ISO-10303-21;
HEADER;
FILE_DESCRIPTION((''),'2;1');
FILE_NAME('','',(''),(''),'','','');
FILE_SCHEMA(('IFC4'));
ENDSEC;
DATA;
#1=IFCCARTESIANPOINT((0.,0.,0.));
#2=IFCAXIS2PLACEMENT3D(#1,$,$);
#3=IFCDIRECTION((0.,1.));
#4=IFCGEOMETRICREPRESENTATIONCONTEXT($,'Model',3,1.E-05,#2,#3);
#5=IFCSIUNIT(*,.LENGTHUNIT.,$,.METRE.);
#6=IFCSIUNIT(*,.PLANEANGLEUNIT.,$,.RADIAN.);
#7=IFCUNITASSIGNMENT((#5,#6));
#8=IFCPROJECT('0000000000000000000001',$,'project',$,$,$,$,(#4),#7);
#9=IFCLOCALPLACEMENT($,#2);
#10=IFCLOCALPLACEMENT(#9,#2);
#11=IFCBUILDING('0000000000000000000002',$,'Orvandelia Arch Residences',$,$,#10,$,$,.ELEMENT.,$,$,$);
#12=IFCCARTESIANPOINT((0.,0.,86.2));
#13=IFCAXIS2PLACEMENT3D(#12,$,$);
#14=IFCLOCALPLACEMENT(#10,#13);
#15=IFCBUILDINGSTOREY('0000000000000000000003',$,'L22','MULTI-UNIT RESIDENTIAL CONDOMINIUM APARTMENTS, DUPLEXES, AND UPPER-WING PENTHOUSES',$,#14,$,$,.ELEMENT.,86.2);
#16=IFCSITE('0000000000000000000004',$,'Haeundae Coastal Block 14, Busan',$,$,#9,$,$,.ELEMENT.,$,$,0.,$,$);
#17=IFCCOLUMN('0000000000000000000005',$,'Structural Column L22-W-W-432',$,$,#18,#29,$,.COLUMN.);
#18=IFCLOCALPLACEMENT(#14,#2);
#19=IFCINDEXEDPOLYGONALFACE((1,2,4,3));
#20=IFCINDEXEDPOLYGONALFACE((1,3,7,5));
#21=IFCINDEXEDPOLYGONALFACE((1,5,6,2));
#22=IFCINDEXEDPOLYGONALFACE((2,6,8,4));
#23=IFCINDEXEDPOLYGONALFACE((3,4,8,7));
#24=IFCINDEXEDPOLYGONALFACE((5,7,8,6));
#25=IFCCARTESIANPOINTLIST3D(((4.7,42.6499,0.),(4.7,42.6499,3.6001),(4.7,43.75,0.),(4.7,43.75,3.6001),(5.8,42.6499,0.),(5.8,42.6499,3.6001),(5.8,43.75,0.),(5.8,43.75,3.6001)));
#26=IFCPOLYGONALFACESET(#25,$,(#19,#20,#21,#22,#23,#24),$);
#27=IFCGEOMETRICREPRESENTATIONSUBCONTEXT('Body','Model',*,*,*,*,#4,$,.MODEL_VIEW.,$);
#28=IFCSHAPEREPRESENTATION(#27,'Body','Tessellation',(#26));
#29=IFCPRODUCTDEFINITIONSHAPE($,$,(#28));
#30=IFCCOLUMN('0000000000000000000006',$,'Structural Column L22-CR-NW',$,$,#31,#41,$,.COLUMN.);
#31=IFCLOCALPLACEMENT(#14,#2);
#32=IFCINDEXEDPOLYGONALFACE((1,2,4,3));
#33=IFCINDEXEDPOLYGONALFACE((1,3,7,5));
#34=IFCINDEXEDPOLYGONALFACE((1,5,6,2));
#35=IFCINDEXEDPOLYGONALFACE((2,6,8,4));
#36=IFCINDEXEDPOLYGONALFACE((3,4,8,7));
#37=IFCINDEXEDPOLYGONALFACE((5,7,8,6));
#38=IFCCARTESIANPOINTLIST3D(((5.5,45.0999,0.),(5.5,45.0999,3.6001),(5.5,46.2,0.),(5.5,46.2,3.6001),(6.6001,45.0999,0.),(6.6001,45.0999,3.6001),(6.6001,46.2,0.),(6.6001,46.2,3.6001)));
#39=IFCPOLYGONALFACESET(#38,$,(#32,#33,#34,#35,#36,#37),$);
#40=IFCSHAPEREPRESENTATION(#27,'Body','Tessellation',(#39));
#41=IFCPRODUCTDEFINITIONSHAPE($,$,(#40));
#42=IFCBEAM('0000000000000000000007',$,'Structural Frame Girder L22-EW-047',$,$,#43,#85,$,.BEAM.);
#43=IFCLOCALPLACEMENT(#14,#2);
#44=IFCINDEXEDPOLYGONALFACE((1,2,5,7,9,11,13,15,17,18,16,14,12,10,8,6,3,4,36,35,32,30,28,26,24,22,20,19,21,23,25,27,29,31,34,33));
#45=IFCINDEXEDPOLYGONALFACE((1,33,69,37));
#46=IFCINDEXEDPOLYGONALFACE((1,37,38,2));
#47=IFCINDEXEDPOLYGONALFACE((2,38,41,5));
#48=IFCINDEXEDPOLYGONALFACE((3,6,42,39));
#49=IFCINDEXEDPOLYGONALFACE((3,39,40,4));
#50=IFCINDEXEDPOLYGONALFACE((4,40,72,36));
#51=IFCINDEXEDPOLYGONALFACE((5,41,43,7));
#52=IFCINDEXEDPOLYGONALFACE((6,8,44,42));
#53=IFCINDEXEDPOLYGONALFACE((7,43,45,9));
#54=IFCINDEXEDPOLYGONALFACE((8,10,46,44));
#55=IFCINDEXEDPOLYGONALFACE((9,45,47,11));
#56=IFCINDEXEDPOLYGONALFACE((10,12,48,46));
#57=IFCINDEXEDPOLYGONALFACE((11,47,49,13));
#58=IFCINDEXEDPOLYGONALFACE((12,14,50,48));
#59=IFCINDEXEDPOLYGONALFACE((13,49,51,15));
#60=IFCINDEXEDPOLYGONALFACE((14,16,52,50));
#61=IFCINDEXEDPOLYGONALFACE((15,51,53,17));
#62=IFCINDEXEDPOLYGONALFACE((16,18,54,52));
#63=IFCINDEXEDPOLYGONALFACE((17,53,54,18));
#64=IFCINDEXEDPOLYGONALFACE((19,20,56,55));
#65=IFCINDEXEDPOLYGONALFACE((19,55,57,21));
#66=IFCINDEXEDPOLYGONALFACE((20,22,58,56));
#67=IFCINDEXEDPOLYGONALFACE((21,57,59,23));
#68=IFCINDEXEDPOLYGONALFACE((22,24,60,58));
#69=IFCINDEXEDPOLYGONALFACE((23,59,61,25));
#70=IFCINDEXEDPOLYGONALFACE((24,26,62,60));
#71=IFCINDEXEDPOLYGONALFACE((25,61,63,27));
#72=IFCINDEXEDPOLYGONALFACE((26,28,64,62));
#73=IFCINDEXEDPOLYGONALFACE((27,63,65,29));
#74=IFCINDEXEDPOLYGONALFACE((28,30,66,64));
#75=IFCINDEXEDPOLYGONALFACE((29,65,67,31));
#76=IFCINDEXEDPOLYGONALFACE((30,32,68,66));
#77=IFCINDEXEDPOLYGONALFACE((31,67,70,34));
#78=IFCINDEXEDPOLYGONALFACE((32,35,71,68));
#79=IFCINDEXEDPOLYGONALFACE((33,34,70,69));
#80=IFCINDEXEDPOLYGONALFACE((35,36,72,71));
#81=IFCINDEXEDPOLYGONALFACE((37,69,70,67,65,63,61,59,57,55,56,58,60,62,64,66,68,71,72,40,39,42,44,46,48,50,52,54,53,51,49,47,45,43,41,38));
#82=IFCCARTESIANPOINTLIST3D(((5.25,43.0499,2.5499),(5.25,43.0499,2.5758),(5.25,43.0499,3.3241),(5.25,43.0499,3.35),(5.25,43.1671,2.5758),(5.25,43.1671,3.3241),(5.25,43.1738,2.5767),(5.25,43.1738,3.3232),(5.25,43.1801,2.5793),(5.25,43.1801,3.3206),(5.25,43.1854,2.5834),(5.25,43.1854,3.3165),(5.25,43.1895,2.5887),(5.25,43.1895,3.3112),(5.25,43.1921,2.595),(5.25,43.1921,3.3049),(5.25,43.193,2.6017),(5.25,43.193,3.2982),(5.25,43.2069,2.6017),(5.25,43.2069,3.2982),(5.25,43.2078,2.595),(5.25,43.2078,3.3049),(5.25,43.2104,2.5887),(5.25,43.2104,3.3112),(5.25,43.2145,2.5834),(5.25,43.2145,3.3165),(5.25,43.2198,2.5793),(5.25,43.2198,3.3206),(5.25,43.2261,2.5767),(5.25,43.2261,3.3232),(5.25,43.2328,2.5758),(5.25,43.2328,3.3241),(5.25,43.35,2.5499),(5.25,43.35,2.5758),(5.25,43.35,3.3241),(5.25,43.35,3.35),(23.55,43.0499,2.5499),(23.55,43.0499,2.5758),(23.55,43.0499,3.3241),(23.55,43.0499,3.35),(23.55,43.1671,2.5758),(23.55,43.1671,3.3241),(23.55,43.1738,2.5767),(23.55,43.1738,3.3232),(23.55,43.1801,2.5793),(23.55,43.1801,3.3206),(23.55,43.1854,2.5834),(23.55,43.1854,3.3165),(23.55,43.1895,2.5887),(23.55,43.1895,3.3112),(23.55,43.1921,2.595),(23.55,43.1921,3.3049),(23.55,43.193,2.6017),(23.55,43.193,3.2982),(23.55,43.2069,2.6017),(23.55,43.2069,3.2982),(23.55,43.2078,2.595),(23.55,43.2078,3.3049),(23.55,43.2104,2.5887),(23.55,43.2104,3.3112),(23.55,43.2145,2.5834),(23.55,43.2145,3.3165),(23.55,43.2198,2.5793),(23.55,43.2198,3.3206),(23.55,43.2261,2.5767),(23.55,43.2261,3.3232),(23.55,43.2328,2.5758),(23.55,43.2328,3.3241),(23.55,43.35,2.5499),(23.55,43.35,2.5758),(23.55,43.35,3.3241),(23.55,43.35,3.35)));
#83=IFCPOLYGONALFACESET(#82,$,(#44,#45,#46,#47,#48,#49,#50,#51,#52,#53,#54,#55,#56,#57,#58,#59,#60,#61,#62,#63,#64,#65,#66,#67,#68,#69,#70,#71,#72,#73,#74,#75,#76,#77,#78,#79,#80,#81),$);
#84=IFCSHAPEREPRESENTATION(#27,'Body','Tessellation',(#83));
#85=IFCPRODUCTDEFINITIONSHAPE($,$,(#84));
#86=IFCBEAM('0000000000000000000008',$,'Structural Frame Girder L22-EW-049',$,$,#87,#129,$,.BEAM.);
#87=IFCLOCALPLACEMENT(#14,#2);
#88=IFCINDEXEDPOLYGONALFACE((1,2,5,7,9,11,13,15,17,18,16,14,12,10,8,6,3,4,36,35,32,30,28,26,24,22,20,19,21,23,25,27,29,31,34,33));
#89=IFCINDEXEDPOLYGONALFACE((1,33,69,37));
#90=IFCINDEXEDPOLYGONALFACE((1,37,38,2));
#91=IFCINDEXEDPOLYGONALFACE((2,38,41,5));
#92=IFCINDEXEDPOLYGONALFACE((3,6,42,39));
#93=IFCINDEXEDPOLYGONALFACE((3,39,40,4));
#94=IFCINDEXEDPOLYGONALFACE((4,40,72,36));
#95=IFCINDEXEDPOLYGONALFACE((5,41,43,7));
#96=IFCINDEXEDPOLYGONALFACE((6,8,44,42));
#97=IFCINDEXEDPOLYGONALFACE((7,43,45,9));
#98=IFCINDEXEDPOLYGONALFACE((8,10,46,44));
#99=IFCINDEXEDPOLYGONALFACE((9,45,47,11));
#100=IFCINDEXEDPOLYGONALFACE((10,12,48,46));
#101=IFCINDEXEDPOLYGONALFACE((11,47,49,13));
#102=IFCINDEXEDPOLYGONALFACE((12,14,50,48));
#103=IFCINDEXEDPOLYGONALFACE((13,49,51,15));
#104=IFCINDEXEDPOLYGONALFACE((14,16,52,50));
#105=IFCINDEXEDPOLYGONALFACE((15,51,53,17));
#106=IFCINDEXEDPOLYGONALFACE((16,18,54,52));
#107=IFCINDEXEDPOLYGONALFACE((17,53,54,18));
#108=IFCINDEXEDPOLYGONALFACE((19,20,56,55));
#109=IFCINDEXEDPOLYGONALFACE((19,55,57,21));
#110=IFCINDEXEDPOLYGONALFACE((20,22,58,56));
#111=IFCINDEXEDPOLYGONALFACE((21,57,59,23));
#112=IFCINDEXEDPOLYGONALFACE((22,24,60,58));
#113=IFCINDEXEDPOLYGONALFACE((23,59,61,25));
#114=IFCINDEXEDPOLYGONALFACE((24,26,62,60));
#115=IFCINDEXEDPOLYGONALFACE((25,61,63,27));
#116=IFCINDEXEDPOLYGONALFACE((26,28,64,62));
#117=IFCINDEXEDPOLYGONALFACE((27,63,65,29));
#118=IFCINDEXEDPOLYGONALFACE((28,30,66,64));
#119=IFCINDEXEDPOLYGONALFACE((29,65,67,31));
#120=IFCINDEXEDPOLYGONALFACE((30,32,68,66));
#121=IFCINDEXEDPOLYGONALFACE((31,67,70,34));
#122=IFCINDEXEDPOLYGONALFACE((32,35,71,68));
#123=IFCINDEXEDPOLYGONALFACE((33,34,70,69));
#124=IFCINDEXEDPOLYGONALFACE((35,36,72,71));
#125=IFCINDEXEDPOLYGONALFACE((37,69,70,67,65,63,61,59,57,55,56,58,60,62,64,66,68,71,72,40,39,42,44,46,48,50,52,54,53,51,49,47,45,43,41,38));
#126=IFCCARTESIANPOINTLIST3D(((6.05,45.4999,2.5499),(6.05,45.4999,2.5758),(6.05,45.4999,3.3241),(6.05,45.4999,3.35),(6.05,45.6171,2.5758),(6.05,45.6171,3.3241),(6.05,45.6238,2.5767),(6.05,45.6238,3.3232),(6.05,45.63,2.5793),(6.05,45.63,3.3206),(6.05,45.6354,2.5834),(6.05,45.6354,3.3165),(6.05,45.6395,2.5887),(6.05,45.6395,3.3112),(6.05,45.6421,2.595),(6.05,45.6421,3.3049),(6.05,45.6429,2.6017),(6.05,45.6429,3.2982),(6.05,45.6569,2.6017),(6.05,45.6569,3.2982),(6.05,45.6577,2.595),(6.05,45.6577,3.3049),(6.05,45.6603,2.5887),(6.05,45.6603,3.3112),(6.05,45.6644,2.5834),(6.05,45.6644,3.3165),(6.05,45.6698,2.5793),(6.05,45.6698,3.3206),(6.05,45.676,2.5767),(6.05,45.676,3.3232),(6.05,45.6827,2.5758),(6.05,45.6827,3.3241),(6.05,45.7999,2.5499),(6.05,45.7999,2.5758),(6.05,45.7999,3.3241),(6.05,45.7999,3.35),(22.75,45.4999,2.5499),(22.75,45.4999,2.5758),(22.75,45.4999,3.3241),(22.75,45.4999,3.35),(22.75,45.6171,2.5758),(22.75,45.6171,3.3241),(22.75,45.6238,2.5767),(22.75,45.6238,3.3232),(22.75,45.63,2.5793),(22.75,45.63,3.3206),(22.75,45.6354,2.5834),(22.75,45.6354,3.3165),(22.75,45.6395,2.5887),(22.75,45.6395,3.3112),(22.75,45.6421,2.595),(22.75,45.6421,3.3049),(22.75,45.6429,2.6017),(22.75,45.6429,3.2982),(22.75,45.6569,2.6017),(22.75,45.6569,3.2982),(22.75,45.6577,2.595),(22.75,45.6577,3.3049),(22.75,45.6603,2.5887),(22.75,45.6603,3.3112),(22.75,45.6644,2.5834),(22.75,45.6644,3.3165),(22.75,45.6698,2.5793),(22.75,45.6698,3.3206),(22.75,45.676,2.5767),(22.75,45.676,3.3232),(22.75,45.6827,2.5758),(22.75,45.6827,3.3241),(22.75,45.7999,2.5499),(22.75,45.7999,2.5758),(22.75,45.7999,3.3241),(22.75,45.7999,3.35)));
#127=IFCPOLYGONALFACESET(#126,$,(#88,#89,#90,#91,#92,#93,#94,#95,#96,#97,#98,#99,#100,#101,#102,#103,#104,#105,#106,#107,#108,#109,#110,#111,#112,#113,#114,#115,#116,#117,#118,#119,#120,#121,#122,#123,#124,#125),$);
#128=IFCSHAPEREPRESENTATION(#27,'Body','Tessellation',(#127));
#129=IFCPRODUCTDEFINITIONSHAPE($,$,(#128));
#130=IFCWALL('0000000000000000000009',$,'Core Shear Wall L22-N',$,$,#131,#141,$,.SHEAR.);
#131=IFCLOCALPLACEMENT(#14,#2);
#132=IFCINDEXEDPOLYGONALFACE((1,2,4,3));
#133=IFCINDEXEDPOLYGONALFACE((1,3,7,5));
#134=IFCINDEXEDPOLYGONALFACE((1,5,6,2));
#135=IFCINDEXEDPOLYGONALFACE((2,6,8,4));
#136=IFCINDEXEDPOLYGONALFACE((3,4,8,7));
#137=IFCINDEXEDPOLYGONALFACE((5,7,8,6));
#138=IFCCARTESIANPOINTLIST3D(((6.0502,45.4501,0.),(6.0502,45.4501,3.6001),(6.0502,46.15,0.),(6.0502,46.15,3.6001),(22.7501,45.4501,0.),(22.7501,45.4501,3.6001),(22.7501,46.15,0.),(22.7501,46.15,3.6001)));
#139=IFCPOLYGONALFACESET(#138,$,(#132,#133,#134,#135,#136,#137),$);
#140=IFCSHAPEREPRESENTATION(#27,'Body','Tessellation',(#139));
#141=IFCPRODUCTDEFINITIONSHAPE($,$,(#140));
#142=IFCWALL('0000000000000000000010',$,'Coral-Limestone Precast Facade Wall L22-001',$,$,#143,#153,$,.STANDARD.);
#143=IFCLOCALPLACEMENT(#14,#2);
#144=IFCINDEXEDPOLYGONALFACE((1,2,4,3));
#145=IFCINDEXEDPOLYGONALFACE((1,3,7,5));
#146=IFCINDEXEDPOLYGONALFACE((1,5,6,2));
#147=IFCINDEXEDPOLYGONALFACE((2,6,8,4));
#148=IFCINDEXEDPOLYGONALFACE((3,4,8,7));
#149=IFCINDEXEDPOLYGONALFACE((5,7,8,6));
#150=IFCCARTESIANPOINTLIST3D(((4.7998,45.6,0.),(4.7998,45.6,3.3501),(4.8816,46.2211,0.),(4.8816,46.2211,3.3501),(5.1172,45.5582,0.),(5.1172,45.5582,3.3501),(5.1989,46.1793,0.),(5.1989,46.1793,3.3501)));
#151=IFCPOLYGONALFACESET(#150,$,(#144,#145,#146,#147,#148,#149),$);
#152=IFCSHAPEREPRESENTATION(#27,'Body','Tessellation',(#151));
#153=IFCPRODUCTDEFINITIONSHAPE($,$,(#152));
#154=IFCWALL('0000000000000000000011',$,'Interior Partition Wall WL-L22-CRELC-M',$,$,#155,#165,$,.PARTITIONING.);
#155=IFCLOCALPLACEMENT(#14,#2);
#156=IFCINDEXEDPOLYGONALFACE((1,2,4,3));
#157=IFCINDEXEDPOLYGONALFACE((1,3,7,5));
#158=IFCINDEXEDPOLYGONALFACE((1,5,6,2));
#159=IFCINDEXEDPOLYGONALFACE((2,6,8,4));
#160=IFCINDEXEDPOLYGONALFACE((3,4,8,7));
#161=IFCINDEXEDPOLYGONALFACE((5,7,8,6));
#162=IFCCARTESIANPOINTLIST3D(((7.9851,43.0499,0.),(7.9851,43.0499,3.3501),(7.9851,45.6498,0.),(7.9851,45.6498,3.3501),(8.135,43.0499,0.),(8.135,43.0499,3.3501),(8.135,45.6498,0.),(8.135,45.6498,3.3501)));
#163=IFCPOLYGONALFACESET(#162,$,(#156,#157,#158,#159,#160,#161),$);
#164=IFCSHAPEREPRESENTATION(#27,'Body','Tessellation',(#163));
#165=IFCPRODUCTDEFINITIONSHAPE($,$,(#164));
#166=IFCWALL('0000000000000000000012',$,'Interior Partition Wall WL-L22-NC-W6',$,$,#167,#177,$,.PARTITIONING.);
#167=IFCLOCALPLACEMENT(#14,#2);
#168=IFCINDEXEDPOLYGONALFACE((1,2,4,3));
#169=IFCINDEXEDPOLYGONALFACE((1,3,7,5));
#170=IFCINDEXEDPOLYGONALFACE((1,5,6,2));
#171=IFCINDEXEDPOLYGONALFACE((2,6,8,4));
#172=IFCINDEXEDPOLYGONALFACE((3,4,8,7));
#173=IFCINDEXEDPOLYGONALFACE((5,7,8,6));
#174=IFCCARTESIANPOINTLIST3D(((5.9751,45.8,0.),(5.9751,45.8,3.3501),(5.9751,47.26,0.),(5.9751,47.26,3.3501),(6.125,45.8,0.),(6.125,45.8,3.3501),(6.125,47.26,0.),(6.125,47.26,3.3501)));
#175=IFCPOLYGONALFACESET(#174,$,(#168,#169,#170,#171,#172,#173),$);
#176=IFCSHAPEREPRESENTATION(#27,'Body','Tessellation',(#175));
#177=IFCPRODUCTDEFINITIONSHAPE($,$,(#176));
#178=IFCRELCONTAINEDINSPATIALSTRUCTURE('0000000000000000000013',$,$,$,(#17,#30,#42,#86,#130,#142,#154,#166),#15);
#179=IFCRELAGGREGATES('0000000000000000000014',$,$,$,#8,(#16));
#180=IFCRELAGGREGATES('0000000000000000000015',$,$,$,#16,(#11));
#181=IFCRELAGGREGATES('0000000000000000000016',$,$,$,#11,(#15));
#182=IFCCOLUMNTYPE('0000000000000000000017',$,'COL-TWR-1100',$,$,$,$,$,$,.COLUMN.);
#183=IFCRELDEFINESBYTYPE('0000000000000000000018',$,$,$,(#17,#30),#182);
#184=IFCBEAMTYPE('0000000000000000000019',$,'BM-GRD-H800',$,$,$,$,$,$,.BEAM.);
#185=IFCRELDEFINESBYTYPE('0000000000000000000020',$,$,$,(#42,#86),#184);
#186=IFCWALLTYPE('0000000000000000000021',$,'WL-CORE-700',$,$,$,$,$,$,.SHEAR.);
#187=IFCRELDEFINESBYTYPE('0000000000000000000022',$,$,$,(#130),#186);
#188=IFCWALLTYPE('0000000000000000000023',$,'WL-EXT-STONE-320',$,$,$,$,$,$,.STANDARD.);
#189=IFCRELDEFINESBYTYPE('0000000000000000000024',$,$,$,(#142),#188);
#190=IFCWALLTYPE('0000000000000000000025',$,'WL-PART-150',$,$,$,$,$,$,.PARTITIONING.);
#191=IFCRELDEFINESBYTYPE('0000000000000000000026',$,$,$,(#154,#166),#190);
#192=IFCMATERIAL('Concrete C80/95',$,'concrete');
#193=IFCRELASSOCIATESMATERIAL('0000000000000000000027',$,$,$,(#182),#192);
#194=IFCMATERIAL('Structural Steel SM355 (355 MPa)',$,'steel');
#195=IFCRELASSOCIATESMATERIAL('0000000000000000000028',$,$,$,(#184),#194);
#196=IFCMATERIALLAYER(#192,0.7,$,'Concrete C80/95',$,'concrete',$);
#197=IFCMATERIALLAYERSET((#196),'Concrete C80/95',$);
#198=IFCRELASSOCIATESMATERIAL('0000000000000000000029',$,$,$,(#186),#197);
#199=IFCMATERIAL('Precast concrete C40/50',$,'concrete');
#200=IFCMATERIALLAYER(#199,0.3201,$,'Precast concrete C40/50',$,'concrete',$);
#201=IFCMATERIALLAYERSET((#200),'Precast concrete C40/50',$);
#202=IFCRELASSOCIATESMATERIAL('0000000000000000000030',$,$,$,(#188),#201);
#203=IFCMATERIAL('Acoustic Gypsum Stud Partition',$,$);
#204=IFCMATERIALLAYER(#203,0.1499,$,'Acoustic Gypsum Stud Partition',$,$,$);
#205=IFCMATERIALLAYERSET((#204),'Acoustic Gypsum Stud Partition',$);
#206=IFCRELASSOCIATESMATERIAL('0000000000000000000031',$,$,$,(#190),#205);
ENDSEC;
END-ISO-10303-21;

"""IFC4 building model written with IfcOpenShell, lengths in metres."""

from ifc_helpers import new_model, si_unit, direction, frame, frame_2d, origin, origin_2d, place, context, subcontext, project, spatial, rectangle, i_section, extrude, material, layer, layer_set, material_profile, profile_set, type_object, element, save


model = new_model("IFC4")

# Units and contexts
model_context = context("Model", 3, precision=1e-05, world=origin(), true_north=direction((0.0, 1.0)))
body_context = subcontext(model_context, "Body", "Model", "MODEL_VIEW")
ifc_project = project(units=[si_unit("LENGTHUNIT", "METRE"), si_unit("PLANEANGLEUNIT", "RADIAN")], contexts=[model_context])

# Site, building, storey
site_placement = place(None, origin())
site = spatial("IfcSite", under=ifc_project, at=site_placement, Name="Haeundae Coastal Block 14, Busan", CompositionType="ELEMENT", RefElevation=0.0)
building_placement = place(site_placement, origin())
building = spatial("IfcBuilding", under=site, at=building_placement, Name="Orvandelia Arch Residences", CompositionType="ELEMENT")
storey_placement = place(building_placement, frame((0.0, 0.0, 86.2)))
storey = spatial("IfcBuildingStorey", under=building, at=storey_placement, Name="L22", Description="MULTI-UNIT RESIDENTIAL CONDOMINIUM APARTMENTS, DUPLEXES, AND UPPER-WING PENTHOUSES", CompositionType="ELEMENT", Elevation=86.2)

# Columns
ifc_material_1 = material(Name="Concrete C80/95", Category="concrete")
ifc_material_profile_1 = material_profile(ifc_material_1, rectangle(XDim=1.1001, YDim=1.1001, at=origin_2d()), Name="Concrete C80/95", Category="concrete")
ifc_profile_set_1 = profile_set([ifc_material_profile_1], Name="Concrete C80/95")
column_type = type_object("IfcColumnType", Name="COL-TWR-1100", PredefinedType="COLUMN", material=ifc_profile_set_1)
for number, where, z_axis, x_axis, name in (
    (1, (5.25, 43.2, 0.0), (0.0, 0.0, 1.0), (1.0, 0.0, 0.0), "Structural Column L22-W-W-432"),
    (2, (6.05, 45.6499, 0.0), (0.0, 0.0, 1.0), (1.0, 0.0, 0.0), "Structural Column L22-CR-NW"),
):
    element("IfcColumn", number, at=place(storey_placement, frame(where, z_axis=z_axis, x_axis=x_axis)), inside=storey, type_object=column_type, Name=name, PredefinedType="COLUMN", context=body_context, shape_type="SweptSolid", body=[
        extrude(rectangle(XDim=1.1001, YDim=1.1001, at=origin_2d()), origin(), (0.0, 0.0, 1.0), 3.6001),
    ])

# Beams
ifc_material_2 = material(Name="Structural Steel SM355 (355 MPa)", Category="steel")
ifc_material_profile_2 = material_profile(ifc_material_2, i_section(OverallWidth=0.3, OverallDepth=0.8, WebThickness=0.0139, FlangeThickness=0.0259, FilletRadius=0.0259, at=origin_2d()), Name="Structural Steel SM355 (355 MPa)", Category="steel")
ifc_profile_set_2 = profile_set([ifc_material_profile_2], Name="Structural Steel SM355 (355 MPa)")
beam_type = type_object("IfcBeamType", Name="BM-GRD-H800", PredefinedType="BEAM", material=ifc_profile_set_2)
beam_1_placement = place(storey_placement, frame((5.25, 43.2, 2.95), z_axis=(1.0, 0.0, 0.0), x_axis=(0.0, 1.0, 0.0)))
element("IfcBeam", 3, at=beam_1_placement, inside=storey, type_object=beam_type, Name="Structural Frame Girder L22-EW-047", PredefinedType="BEAM", context=body_context, shape_type="SweptSolid", body=[
    extrude(i_section(OverallWidth=0.3, OverallDepth=0.8, WebThickness=0.0139, FlangeThickness=0.0259, FilletRadius=0.0259, at=origin_2d()), origin(), (0.0, 0.0, 1.0), 18.3),
])
beam_2_placement = place(storey_placement, frame((6.05, 45.6499, 2.95), z_axis=(1.0, 0.0, 0.0), x_axis=(0.0, 1.0, 0.0)))
element("IfcBeam", 4, at=beam_2_placement, inside=storey, type_object=beam_type, Name="Structural Frame Girder L22-EW-049", PredefinedType="BEAM", context=body_context, shape_type="SweptSolid", body=[
    extrude(i_section(OverallWidth=0.3, OverallDepth=0.8, WebThickness=0.0139, FlangeThickness=0.0259, FilletRadius=0.0259, at=origin_2d()), origin(), (0.0, 0.0, 1.0), 16.7),
])

# Walls
ifc_layer_1 = layer(ifc_material_1, 0.7, Name="Concrete C80/95", Category="concrete")
ifc_layer_set_1 = layer_set([ifc_layer_1], Name="Concrete C80/95")
wall_type_1 = type_object("IfcWallType", Name="WL-CORE-700", PredefinedType="SHEAR", material=ifc_layer_set_1)
wall_1_placement = place(storey_placement, frame((6.05, 45.8, 0.0), z_axis=(0.0, 0.0, 1.0), x_axis=(1.0, 0.0, 0.0)))
element("IfcWall", 5, at=wall_1_placement, inside=storey, type_object=wall_type_1, Name="Core Shear Wall L22-N", PredefinedType="SHEAR", context=body_context, shape_type="SweptSolid", body=[
    extrude(rectangle(XDim=16.7, YDim=0.7, at=frame_2d((8.3501, 0.0))), origin(), (0.0, 0.0, 1.0), 3.6001),
])
ifc_material_3 = material(Name="Precast concrete C40/50", Category="concrete")
ifc_layer_2 = layer(ifc_material_3, 0.3201, Name="Precast concrete C40/50", Category="concrete")
ifc_layer_set_2 = layer_set([ifc_layer_2], Name="Precast concrete C40/50")
wall_type_2 = type_object("IfcWallType", Name="WL-EXT-STONE-320", PredefinedType="STANDARD", material=ifc_layer_set_2)
wall_2_placement = place(storey_placement, frame((4.9585, 45.5791, 0.0), z_axis=(0.0, 0.0, 1.0), x_axis=(0.130555, 0.991441, 0.0)))
element("IfcWall", 6, at=wall_2_placement, inside=storey, type_object=wall_type_2, Name="Coral-Limestone Precast Facade Wall L22-001", PredefinedType="STANDARD", context=body_context, shape_type="SweptSolid", body=[
    extrude(rectangle(XDim=0.6265, YDim=0.3201, at=frame_2d((0.3132, 0.0))), origin(), (0.0, 0.0, 1.0), 3.3501),
])
ifc_material_4 = material(Name="Acoustic Gypsum Stud Partition")
ifc_layer_3 = layer(ifc_material_4, 0.1499, Name="Acoustic Gypsum Stud Partition")
ifc_layer_set_3 = layer_set([ifc_layer_3], Name="Acoustic Gypsum Stud Partition")
wall_type_3 = type_object("IfcWallType", Name="WL-PART-150", PredefinedType="PARTITIONING", material=ifc_layer_set_3)
wall_3_placement = place(storey_placement, frame((8.0601, 43.05, 0.0), z_axis=(0.0, 0.0, 1.0), x_axis=(0.0, 1.0, 0.0)))
element("IfcWall", 7, at=wall_3_placement, inside=storey, type_object=wall_type_3, Name="Interior Partition Wall WL-L22-CRELC-M", PredefinedType="PARTITIONING", context=body_context, shape_type="SweptSolid", body=[
    extrude(rectangle(XDim=2.5999, YDim=0.1499, at=frame_2d((1.2998, 0.0))), origin(), (0.0, 0.0, 1.0), 3.3501),
])
wall_4_placement = place(storey_placement, frame((6.05, 45.8, 0.0), z_axis=(0.0, 0.0, 1.0), x_axis=(0.0, 1.0, 0.0)))
element("IfcWall", 8, at=wall_4_placement, inside=storey, type_object=wall_type_3, Name="Interior Partition Wall WL-L22-NC-W6", PredefinedType="PARTITIONING", context=body_context, shape_type="SweptSolid", body=[
    extrude(rectangle(XDim=1.46, YDim=0.1499, at=frame_2d((0.73, 0.0))), origin(), (0.0, 0.0, 1.0), 3.3501),
])

save(model, "model.ifc")
